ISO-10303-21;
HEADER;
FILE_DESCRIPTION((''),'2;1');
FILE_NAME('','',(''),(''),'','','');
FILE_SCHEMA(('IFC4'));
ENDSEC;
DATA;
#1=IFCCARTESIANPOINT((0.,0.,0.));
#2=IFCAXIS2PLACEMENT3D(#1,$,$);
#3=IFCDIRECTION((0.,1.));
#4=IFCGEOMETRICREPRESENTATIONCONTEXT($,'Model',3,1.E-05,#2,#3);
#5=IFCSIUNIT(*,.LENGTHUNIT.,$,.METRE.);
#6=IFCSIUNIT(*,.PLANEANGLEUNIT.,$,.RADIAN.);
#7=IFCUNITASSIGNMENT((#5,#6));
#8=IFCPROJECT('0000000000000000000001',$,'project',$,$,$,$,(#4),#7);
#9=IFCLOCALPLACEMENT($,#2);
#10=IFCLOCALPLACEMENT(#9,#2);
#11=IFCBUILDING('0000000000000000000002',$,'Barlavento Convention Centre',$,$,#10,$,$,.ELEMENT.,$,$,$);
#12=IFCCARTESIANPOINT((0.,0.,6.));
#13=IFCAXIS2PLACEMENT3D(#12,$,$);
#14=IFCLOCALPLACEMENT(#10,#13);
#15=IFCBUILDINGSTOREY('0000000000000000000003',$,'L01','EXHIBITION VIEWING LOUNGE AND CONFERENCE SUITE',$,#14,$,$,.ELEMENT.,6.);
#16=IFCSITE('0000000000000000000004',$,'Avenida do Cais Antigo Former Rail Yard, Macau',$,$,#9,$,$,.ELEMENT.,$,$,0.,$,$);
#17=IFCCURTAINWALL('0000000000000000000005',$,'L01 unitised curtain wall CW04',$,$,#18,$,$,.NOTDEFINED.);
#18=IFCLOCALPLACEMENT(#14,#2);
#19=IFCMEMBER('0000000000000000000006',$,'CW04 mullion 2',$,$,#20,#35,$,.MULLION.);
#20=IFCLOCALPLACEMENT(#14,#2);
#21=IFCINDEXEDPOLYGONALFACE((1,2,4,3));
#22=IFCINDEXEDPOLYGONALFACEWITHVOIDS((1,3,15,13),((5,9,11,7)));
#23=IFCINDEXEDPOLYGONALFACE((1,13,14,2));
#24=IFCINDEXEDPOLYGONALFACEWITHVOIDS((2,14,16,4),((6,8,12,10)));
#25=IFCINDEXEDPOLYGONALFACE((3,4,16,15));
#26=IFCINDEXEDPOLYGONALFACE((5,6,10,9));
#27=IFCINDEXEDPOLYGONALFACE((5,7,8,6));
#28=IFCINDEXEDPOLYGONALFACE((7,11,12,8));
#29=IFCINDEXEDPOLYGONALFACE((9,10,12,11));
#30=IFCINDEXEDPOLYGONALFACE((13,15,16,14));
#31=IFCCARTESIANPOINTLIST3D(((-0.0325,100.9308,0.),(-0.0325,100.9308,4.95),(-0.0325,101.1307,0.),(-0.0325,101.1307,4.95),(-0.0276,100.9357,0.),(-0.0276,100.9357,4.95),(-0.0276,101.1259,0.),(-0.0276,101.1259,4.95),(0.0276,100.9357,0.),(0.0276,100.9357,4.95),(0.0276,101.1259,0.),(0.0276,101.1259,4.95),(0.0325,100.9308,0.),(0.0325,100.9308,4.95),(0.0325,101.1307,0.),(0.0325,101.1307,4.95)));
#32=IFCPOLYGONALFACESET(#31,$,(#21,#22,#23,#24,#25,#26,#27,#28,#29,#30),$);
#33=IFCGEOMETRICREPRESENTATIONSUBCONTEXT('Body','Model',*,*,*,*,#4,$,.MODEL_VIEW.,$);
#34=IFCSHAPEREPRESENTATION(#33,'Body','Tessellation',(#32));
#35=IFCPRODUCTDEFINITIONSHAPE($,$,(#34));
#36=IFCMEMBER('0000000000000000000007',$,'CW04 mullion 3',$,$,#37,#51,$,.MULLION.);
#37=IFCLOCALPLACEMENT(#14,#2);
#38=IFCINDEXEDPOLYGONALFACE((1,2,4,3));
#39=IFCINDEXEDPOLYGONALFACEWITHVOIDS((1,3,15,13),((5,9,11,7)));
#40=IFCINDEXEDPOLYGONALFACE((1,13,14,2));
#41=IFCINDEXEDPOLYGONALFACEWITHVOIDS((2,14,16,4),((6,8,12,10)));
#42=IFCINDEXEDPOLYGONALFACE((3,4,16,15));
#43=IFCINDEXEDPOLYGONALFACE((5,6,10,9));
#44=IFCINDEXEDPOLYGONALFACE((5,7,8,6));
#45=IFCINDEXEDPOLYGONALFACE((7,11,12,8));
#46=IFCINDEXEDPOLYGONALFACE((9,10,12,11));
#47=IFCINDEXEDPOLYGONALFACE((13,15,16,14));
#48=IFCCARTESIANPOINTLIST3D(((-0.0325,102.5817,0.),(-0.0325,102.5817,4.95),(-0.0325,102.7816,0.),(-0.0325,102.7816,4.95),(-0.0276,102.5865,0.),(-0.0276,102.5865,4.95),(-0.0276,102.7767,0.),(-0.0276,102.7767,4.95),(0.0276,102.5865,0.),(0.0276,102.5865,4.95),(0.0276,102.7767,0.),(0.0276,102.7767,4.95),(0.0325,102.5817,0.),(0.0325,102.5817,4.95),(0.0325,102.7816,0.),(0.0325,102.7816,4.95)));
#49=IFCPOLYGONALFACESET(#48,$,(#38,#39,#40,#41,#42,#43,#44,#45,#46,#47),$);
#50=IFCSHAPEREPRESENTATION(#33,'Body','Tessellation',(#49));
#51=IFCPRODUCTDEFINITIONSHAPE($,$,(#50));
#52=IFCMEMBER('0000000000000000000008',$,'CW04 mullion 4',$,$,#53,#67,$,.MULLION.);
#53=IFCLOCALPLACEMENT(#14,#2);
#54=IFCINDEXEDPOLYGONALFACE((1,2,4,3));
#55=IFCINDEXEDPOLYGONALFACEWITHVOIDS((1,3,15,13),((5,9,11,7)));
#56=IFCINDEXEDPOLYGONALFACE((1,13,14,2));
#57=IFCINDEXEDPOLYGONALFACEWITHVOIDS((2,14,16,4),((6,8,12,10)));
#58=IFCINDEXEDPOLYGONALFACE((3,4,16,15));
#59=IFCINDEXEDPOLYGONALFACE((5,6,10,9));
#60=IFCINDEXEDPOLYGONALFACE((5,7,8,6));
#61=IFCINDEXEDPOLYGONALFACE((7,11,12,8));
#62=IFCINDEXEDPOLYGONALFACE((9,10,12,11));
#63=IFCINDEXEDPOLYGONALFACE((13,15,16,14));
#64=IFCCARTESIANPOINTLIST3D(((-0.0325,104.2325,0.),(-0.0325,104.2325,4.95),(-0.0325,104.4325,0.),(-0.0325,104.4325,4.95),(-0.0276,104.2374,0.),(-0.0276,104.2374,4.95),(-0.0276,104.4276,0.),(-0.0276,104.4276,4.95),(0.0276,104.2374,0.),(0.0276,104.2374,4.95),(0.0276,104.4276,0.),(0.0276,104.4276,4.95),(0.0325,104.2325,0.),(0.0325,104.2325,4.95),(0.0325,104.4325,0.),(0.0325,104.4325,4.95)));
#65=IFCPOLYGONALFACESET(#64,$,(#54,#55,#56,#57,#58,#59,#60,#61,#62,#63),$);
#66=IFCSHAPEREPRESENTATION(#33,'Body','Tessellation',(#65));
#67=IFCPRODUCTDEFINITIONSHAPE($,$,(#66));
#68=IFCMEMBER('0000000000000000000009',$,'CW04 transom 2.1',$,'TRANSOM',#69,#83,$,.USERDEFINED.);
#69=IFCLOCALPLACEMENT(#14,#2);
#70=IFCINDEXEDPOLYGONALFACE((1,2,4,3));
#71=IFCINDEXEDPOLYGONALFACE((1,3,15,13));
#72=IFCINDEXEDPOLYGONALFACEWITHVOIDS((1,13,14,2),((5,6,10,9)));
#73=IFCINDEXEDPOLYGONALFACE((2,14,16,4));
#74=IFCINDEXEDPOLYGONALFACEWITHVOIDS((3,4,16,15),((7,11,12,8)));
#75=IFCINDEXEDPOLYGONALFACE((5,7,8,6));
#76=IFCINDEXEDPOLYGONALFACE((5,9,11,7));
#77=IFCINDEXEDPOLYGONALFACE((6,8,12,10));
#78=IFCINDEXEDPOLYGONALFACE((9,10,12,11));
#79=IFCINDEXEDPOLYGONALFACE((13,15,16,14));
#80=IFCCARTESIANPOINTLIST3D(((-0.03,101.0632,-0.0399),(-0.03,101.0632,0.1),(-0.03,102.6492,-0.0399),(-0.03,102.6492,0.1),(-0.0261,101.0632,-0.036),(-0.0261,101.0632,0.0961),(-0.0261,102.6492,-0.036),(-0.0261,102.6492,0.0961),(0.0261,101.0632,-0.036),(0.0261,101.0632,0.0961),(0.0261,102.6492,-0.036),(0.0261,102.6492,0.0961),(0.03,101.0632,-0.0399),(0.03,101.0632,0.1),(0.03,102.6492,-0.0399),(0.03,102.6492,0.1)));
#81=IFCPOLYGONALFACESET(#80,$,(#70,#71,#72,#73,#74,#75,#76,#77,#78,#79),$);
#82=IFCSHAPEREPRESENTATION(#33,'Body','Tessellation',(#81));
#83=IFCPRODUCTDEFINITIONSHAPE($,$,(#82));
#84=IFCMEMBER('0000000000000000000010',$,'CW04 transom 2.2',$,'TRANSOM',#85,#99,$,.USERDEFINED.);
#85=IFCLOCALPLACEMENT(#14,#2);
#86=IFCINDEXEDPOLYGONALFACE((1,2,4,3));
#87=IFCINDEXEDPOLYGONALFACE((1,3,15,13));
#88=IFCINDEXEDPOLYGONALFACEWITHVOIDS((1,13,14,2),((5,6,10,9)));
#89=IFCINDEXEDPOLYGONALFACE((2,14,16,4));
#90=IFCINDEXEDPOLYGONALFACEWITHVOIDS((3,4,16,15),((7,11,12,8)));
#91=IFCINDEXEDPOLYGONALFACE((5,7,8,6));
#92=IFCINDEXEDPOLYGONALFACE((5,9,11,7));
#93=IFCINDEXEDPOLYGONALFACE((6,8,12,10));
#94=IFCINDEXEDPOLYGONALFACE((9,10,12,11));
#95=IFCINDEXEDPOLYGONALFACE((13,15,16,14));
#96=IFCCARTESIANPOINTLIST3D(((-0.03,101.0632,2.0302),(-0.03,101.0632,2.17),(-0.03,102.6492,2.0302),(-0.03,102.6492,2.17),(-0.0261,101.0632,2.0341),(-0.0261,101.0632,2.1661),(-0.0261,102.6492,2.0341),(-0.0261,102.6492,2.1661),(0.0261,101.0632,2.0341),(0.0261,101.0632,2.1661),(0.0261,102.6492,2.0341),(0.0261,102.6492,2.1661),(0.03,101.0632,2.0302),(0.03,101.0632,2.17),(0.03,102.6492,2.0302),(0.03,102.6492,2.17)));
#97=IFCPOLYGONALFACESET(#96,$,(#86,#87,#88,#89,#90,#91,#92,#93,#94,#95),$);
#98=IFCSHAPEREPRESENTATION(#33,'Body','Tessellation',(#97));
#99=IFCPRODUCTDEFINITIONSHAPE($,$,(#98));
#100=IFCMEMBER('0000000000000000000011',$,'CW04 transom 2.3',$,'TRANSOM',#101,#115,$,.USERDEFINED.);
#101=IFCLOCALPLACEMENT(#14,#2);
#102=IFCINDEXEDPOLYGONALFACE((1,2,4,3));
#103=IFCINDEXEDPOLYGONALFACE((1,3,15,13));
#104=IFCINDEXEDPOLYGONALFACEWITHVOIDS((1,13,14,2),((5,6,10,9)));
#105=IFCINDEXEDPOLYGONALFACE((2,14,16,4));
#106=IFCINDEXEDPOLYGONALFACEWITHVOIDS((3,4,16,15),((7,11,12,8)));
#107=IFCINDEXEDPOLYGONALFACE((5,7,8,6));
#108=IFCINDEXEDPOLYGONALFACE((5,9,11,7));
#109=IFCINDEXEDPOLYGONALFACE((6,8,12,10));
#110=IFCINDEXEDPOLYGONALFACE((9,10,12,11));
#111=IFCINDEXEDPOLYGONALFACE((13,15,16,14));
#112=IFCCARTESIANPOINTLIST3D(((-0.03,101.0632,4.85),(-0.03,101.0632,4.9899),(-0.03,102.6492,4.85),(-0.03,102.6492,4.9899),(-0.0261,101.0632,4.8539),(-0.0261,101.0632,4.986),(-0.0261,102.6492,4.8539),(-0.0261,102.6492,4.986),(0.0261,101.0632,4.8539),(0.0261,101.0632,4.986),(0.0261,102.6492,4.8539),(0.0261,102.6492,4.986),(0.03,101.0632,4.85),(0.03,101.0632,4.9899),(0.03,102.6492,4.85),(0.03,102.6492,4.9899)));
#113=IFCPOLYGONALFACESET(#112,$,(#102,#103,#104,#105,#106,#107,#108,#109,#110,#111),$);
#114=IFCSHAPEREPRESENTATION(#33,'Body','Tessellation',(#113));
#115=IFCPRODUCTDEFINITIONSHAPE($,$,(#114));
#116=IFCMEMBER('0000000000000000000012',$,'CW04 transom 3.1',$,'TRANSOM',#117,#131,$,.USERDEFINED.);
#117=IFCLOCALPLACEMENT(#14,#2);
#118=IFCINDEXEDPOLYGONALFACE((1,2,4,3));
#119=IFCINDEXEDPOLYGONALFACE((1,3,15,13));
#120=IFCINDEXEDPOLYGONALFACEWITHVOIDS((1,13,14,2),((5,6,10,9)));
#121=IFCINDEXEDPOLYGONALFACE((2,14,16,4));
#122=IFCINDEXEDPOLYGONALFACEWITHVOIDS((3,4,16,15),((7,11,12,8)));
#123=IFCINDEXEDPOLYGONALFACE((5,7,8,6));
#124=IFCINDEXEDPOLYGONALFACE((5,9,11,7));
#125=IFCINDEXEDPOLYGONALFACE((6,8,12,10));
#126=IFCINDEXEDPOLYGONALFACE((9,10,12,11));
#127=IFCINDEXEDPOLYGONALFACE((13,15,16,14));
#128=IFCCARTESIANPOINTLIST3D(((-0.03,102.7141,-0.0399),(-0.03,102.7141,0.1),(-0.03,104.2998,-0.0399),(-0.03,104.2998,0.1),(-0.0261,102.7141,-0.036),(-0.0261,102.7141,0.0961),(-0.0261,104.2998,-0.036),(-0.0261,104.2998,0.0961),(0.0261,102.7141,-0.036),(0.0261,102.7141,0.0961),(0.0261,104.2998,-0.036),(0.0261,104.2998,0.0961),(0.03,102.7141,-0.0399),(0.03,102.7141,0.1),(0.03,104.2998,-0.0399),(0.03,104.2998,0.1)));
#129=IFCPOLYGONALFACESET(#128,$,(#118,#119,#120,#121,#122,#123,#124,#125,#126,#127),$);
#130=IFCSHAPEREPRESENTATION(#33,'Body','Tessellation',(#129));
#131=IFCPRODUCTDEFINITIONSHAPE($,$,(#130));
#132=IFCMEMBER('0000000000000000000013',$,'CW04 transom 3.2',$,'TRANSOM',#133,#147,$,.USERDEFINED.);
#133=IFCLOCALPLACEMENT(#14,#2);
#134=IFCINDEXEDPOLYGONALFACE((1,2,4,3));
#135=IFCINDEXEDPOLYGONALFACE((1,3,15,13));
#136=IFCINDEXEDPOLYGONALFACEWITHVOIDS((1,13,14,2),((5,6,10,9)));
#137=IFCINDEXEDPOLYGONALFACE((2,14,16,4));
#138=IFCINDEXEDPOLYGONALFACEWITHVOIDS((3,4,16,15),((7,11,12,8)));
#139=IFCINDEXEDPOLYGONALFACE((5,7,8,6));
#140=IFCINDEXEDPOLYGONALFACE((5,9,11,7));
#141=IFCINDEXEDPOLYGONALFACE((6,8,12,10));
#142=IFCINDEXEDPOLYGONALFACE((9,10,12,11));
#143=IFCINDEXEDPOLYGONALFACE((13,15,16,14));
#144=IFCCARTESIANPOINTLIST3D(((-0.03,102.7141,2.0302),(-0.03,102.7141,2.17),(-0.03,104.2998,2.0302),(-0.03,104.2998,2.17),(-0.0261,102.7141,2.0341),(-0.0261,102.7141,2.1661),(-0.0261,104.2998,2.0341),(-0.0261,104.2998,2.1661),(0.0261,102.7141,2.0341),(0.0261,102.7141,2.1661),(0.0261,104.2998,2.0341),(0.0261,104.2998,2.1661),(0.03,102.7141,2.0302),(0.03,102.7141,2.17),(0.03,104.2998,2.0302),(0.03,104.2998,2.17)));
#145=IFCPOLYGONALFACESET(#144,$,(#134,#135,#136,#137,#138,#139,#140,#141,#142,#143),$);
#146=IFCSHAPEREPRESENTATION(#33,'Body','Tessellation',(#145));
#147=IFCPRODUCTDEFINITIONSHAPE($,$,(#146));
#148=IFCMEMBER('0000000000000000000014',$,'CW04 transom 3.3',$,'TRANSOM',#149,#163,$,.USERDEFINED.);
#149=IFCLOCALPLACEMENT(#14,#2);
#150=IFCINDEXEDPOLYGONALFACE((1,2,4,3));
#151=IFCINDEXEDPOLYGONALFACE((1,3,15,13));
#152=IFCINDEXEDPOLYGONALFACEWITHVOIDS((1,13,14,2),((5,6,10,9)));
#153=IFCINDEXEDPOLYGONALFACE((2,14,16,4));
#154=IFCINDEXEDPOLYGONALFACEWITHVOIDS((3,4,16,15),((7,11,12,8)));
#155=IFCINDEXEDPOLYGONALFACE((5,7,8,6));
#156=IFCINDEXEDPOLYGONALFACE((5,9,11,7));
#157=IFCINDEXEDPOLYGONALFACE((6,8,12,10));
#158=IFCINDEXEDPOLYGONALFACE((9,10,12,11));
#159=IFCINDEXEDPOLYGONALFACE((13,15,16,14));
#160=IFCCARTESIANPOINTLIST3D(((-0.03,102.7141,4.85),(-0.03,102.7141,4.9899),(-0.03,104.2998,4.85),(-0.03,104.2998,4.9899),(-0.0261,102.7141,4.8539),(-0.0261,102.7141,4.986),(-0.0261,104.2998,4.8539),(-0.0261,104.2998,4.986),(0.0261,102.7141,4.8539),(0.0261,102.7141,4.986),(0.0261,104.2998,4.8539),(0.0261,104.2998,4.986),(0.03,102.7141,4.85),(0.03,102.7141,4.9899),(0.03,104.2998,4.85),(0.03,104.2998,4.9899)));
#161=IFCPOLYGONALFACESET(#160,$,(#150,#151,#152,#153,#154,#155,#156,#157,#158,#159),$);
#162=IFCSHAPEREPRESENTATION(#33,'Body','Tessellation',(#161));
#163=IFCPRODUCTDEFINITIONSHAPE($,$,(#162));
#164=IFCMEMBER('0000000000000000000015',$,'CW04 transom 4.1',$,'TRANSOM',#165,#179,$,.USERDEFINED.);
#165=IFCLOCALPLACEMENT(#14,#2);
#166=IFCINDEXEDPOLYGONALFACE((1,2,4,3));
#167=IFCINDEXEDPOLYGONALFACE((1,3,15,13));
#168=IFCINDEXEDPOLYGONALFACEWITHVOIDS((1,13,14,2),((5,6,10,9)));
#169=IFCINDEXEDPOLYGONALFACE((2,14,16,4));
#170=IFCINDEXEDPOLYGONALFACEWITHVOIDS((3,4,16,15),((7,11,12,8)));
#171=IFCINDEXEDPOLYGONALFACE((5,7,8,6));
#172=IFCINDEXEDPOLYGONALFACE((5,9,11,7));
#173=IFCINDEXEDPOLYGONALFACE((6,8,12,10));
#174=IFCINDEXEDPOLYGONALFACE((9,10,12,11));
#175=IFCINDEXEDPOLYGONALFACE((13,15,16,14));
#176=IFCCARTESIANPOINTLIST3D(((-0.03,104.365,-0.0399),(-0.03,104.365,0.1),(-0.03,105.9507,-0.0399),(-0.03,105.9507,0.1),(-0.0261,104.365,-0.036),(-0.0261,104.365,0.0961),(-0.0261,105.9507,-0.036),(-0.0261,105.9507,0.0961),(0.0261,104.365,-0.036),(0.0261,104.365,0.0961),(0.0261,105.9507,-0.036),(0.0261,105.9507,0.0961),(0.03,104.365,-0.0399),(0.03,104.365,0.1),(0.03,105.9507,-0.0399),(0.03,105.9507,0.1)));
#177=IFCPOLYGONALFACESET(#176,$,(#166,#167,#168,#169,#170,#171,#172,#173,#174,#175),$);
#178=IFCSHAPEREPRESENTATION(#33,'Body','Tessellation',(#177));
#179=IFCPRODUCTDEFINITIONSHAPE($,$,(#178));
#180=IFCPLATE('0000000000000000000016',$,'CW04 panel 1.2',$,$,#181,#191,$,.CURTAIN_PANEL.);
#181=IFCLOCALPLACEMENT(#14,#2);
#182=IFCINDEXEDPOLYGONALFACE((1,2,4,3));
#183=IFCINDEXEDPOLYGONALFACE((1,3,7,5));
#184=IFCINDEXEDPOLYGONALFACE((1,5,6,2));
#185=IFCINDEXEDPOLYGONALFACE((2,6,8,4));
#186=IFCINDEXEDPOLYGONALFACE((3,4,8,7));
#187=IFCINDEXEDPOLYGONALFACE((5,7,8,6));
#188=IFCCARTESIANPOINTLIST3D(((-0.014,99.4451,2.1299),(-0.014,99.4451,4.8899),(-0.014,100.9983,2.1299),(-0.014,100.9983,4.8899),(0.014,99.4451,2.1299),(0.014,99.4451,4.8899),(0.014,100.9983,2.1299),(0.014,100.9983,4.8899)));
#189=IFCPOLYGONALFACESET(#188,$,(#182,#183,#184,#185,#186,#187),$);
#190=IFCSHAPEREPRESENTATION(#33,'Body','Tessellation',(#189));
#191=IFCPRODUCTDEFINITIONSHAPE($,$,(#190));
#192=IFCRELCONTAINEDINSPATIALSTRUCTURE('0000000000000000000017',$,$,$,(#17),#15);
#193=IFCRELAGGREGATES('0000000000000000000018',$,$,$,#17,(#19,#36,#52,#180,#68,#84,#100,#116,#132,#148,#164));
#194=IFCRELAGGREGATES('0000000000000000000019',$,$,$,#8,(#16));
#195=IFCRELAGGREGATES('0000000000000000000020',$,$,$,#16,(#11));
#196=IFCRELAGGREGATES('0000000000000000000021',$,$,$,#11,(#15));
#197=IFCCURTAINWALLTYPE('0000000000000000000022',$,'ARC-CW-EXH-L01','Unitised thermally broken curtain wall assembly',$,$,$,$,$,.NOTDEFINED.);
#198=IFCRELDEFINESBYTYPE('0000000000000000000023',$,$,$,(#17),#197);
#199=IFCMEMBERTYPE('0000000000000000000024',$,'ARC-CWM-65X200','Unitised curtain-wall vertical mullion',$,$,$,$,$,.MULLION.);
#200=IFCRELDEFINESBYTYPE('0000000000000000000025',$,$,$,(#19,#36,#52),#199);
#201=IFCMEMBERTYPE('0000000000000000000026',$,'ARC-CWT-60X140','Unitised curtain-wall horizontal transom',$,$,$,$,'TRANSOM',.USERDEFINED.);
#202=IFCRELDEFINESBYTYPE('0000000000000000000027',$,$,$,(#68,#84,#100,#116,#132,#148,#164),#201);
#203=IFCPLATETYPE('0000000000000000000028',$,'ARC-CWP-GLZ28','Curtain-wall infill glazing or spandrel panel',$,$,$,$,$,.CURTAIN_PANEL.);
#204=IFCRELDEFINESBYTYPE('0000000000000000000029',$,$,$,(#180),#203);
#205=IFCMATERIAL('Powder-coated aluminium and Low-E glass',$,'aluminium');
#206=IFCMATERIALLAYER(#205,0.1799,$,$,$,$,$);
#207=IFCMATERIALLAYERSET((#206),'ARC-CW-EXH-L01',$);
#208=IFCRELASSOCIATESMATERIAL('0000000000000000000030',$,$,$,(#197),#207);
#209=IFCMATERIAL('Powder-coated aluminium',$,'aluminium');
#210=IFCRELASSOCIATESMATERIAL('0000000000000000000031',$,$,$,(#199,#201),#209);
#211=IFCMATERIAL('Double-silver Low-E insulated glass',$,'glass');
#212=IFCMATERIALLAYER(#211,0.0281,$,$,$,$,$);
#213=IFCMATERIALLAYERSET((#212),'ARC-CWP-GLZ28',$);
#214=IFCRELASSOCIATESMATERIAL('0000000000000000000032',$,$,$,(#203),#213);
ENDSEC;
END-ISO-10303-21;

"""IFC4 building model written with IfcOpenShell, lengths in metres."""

from ifc_helpers import new_model, si_unit, direction, frame, origin, origin_2d, place, context, subcontext, project, spatial, rectangle, hollow_rectangle, extrude, material, layer, layer_set, material_profile, profile_set, type_object, element, aggregate, save


model = new_model("IFC4")

# Units and contexts
model_context = context("Model", 3, precision=1e-05, world=origin(), true_north=direction((0.0, 1.0)))
body_context = subcontext(model_context, "Body", "Model", "MODEL_VIEW")
ifc_project = project(units=[si_unit("LENGTHUNIT", "METRE"), si_unit("PLANEANGLEUNIT", "RADIAN")], contexts=[model_context])

# Site, building, storey
site_placement = place(None, origin())
site = spatial("IfcSite", under=ifc_project, at=site_placement, Name="Avenida do Cais Antigo Former Rail Yard, Macau", CompositionType="ELEMENT", RefElevation=0.0)
building_placement = place(site_placement, origin())
building = spatial("IfcBuilding", under=site, at=building_placement, Name="Barlavento Convention Centre", CompositionType="ELEMENT")
storey_placement = place(building_placement, frame((0.0, 0.0, 6.0)))
storey = spatial("IfcBuildingStorey", under=building, at=storey_placement, Name="L01", Description="EXHIBITION VIEWING LOUNGE AND CONFERENCE SUITE", CompositionType="ELEMENT", Elevation=6.0)

# Curtain wall, members, plate
ifc_material_1 = material(Name="Powder-coated aluminium and Low-E glass", Category="aluminium")
ifc_layer_1 = layer(ifc_material_1, 0.1799)
ifc_layer_set_1 = layer_set([ifc_layer_1], Name="ARC-CW-EXH-L01")
curtain_wall_type = type_object("IfcCurtainWallType", Name="ARC-CW-EXH-L01", Description="Unitised thermally broken curtain wall assembly", PredefinedType="NOTDEFINED", material=ifc_layer_set_1)
curtain_wall_placement = place(storey_placement, origin())
curtain_wall = element("IfcCurtainWall", 1, at=curtain_wall_placement, inside=storey, type_object=curtain_wall_type, Name="L01 unitised curtain wall CW04", PredefinedType="NOTDEFINED")
ifc_material_2 = material(Name="Powder-coated aluminium", Category="aluminium")
ifc_material_profile_1 = material_profile(ifc_material_2, hollow_rectangle(XDim=0.0649, YDim=0.2, WallThickness=0.0049, at=origin_2d()), Name="AL-MULL 65x200x5")
ifc_profile_set_1 = profile_set([ifc_material_profile_1], Name="Powder-coated aluminium")
member_type_1 = type_object("IfcMemberType", Name="ARC-CWM-65X200", Description="Unitised curtain-wall vertical mullion", PredefinedType="MULLION", material=ifc_profile_set_1)
member_1_placement = place(storey_placement, frame((0.0, 101.0308, 0.0), z_axis=(0.0, 0.0, 1.0), x_axis=(-1.0, 0.0, 0.0)))
member_1 = element("IfcMember", 2, at=member_1_placement, type_object=member_type_1, Name="CW04 mullion 2", PredefinedType="MULLION", context=body_context, shape_type="SweptSolid", body=[
    extrude(hollow_rectangle(XDim=0.0649, YDim=0.2, WallThickness=0.0049, at=origin_2d()), origin(), (0.0, 0.0, 1.0), 4.95),
])
member_2_placement = place(storey_placement, frame((0.0, 102.6816, 0.0), z_axis=(0.0, 0.0, 1.0), x_axis=(-1.0, 0.0, 0.0)))
member_2 = element("IfcMember", 3, at=member_2_placement, type_object=member_type_1, Name="CW04 mullion 3", PredefinedType="MULLION", context=body_context, shape_type="SweptSolid", body=[
    extrude(hollow_rectangle(XDim=0.0649, YDim=0.2, WallThickness=0.0049, at=origin_2d()), origin(), (0.0, 0.0, 1.0), 4.95),
])
member_3_placement = place(storey_placement, frame((0.0, 104.3325, 0.0), z_axis=(0.0, 0.0, 1.0), x_axis=(-1.0, 0.0, 0.0)))
member_3 = element("IfcMember", 4, at=member_3_placement, type_object=member_type_1, Name="CW04 mullion 4", PredefinedType="MULLION", context=body_context, shape_type="SweptSolid", body=[
    extrude(hollow_rectangle(XDim=0.0649, YDim=0.2, WallThickness=0.0049, at=origin_2d()), origin(), (0.0, 0.0, 1.0), 4.95),
])
ifc_material_profile_2 = material_profile(ifc_material_2, hollow_rectangle(XDim=0.0601, YDim=0.1399, WallThickness=0.0039, at=origin_2d()), Name="AL-TRAN 60x140x4")
ifc_profile_set_2 = profile_set([ifc_material_profile_2], Name="Powder-coated aluminium")
member_type_2 = type_object("IfcMemberType", Name="ARC-CWT-60X140", Description="Unitised curtain-wall horizontal transom", ElementType="TRANSOM", PredefinedType="USERDEFINED", material=ifc_profile_set_2)
member_4_placement = place(storey_placement, frame((0.0, 101.0632, 0.03), z_axis=(0.0, 1.0, 0.0), x_axis=(-1.0, 0.0, 0.0)))
member_4 = element("IfcMember", 5, at=member_4_placement, type_object=member_type_2, Name="CW04 transom 2.1", ObjectType="TRANSOM", PredefinedType="USERDEFINED", context=body_context, shape_type="SweptSolid", body=[
    extrude(hollow_rectangle(XDim=0.0601, YDim=0.1399, WallThickness=0.0039, at=origin_2d()), origin(), (0.0, 0.0, 1.0), 1.5859),
])
member_5_placement = place(storey_placement, frame((0.0, 101.0632, 2.1001), z_axis=(0.0, 1.0, 0.0), x_axis=(-1.0, 0.0, 0.0)))
member_5 = element("IfcMember", 6, at=member_5_placement, type_object=member_type_2, Name="CW04 transom 2.2", ObjectType="TRANSOM", PredefinedType="USERDEFINED", context=body_context, shape_type="SweptSolid", body=[
    extrude(hollow_rectangle(XDim=0.0601, YDim=0.1399, WallThickness=0.0039, at=origin_2d()), origin(), (0.0, 0.0, 1.0), 1.5859),
])
member_6_placement = place(storey_placement, frame((0.0, 101.0632, 4.9199), z_axis=(0.0, 1.0, 0.0), x_axis=(-1.0, 0.0, 0.0)))
member_6 = element("IfcMember", 7, at=member_6_placement, type_object=member_type_2, Name="CW04 transom 2.3", ObjectType="TRANSOM", PredefinedType="USERDEFINED", context=body_context, shape_type="SweptSolid", body=[
    extrude(hollow_rectangle(XDim=0.0601, YDim=0.1399, WallThickness=0.0039, at=origin_2d()), origin(), (0.0, 0.0, 1.0), 1.5859),
])
member_7_placement = place(storey_placement, frame((0.0, 102.7141, 0.03), z_axis=(0.0, 1.0, 0.0), x_axis=(-1.0, 0.0, 0.0)))
member_7 = element("IfcMember", 8, at=member_7_placement, type_object=member_type_2, Name="CW04 transom 3.1", ObjectType="TRANSOM", PredefinedType="USERDEFINED", context=body_context, shape_type="SweptSolid", body=[
    extrude(hollow_rectangle(XDim=0.0601, YDim=0.1399, WallThickness=0.0039, at=origin_2d()), origin(), (0.0, 0.0, 1.0), 1.5857),
])
member_8_placement = place(storey_placement, frame((0.0, 102.7141, 2.1001), z_axis=(0.0, 1.0, 0.0), x_axis=(-1.0, 0.0, 0.0)))
member_8 = element("IfcMember", 9, at=member_8_placement, type_object=member_type_2, Name="CW04 transom 3.2", ObjectType="TRANSOM", PredefinedType="USERDEFINED", context=body_context, shape_type="SweptSolid", body=[
    extrude(hollow_rectangle(XDim=0.0601, YDim=0.1399, WallThickness=0.0039, at=origin_2d()), origin(), (0.0, 0.0, 1.0), 1.5857),
])
member_9_placement = place(storey_placement, frame((0.0, 102.7141, 4.9199), z_axis=(0.0, 1.0, 0.0), x_axis=(-1.0, 0.0, 0.0)))
member_9 = element("IfcMember", 10, at=member_9_placement, type_object=member_type_2, Name="CW04 transom 3.3", ObjectType="TRANSOM", PredefinedType="USERDEFINED", context=body_context, shape_type="SweptSolid", body=[
    extrude(hollow_rectangle(XDim=0.0601, YDim=0.1399, WallThickness=0.0039, at=origin_2d()), origin(), (0.0, 0.0, 1.0), 1.5857),
])
member_10_placement = place(storey_placement, frame((0.0, 104.365, 0.03), z_axis=(0.0, 1.0, 0.0), x_axis=(-1.0, 0.0, 0.0)))
member_10 = element("IfcMember", 11, at=member_10_placement, type_object=member_type_2, Name="CW04 transom 4.1", ObjectType="TRANSOM", PredefinedType="USERDEFINED", context=body_context, shape_type="SweptSolid", body=[
    extrude(hollow_rectangle(XDim=0.0601, YDim=0.1399, WallThickness=0.0039, at=origin_2d()), origin(), (0.0, 0.0, 1.0), 1.5857),
])
ifc_material_3 = material(Name="Double-silver Low-E insulated glass", Category="glass")
ifc_layer_2 = layer(ifc_material_3, 0.0281)
ifc_layer_set_2 = layer_set([ifc_layer_2], Name="ARC-CWP-GLZ28")
plate_type = type_object("IfcPlateType", Name="ARC-CWP-GLZ28", Description="Curtain-wall infill glazing or spandrel panel", PredefinedType="CURTAIN_PANEL", material=ifc_layer_set_2)
plate_1_placement = place(storey_placement, frame((0.0, 100.2217, 2.1299), z_axis=(0.0, 0.0, 1.0), x_axis=(0.0, 1.0, 0.0)))
plate_1 = element("IfcPlate", 12, at=plate_1_placement, type_object=plate_type, Name="CW04 panel 1.2", PredefinedType="CURTAIN_PANEL", context=body_context, shape_type="SweptSolid", body=[
    extrude(rectangle(XDim=1.5532, YDim=0.0281, at=origin_2d()), origin(), (0.0, 0.0, 1.0), 2.76),
])
aggregate(curtain_wall, [member_1, member_2, member_3, plate_1, member_4, member_5, member_6, member_7, member_8, member_9, member_10])

save(model, "model.ifc")
